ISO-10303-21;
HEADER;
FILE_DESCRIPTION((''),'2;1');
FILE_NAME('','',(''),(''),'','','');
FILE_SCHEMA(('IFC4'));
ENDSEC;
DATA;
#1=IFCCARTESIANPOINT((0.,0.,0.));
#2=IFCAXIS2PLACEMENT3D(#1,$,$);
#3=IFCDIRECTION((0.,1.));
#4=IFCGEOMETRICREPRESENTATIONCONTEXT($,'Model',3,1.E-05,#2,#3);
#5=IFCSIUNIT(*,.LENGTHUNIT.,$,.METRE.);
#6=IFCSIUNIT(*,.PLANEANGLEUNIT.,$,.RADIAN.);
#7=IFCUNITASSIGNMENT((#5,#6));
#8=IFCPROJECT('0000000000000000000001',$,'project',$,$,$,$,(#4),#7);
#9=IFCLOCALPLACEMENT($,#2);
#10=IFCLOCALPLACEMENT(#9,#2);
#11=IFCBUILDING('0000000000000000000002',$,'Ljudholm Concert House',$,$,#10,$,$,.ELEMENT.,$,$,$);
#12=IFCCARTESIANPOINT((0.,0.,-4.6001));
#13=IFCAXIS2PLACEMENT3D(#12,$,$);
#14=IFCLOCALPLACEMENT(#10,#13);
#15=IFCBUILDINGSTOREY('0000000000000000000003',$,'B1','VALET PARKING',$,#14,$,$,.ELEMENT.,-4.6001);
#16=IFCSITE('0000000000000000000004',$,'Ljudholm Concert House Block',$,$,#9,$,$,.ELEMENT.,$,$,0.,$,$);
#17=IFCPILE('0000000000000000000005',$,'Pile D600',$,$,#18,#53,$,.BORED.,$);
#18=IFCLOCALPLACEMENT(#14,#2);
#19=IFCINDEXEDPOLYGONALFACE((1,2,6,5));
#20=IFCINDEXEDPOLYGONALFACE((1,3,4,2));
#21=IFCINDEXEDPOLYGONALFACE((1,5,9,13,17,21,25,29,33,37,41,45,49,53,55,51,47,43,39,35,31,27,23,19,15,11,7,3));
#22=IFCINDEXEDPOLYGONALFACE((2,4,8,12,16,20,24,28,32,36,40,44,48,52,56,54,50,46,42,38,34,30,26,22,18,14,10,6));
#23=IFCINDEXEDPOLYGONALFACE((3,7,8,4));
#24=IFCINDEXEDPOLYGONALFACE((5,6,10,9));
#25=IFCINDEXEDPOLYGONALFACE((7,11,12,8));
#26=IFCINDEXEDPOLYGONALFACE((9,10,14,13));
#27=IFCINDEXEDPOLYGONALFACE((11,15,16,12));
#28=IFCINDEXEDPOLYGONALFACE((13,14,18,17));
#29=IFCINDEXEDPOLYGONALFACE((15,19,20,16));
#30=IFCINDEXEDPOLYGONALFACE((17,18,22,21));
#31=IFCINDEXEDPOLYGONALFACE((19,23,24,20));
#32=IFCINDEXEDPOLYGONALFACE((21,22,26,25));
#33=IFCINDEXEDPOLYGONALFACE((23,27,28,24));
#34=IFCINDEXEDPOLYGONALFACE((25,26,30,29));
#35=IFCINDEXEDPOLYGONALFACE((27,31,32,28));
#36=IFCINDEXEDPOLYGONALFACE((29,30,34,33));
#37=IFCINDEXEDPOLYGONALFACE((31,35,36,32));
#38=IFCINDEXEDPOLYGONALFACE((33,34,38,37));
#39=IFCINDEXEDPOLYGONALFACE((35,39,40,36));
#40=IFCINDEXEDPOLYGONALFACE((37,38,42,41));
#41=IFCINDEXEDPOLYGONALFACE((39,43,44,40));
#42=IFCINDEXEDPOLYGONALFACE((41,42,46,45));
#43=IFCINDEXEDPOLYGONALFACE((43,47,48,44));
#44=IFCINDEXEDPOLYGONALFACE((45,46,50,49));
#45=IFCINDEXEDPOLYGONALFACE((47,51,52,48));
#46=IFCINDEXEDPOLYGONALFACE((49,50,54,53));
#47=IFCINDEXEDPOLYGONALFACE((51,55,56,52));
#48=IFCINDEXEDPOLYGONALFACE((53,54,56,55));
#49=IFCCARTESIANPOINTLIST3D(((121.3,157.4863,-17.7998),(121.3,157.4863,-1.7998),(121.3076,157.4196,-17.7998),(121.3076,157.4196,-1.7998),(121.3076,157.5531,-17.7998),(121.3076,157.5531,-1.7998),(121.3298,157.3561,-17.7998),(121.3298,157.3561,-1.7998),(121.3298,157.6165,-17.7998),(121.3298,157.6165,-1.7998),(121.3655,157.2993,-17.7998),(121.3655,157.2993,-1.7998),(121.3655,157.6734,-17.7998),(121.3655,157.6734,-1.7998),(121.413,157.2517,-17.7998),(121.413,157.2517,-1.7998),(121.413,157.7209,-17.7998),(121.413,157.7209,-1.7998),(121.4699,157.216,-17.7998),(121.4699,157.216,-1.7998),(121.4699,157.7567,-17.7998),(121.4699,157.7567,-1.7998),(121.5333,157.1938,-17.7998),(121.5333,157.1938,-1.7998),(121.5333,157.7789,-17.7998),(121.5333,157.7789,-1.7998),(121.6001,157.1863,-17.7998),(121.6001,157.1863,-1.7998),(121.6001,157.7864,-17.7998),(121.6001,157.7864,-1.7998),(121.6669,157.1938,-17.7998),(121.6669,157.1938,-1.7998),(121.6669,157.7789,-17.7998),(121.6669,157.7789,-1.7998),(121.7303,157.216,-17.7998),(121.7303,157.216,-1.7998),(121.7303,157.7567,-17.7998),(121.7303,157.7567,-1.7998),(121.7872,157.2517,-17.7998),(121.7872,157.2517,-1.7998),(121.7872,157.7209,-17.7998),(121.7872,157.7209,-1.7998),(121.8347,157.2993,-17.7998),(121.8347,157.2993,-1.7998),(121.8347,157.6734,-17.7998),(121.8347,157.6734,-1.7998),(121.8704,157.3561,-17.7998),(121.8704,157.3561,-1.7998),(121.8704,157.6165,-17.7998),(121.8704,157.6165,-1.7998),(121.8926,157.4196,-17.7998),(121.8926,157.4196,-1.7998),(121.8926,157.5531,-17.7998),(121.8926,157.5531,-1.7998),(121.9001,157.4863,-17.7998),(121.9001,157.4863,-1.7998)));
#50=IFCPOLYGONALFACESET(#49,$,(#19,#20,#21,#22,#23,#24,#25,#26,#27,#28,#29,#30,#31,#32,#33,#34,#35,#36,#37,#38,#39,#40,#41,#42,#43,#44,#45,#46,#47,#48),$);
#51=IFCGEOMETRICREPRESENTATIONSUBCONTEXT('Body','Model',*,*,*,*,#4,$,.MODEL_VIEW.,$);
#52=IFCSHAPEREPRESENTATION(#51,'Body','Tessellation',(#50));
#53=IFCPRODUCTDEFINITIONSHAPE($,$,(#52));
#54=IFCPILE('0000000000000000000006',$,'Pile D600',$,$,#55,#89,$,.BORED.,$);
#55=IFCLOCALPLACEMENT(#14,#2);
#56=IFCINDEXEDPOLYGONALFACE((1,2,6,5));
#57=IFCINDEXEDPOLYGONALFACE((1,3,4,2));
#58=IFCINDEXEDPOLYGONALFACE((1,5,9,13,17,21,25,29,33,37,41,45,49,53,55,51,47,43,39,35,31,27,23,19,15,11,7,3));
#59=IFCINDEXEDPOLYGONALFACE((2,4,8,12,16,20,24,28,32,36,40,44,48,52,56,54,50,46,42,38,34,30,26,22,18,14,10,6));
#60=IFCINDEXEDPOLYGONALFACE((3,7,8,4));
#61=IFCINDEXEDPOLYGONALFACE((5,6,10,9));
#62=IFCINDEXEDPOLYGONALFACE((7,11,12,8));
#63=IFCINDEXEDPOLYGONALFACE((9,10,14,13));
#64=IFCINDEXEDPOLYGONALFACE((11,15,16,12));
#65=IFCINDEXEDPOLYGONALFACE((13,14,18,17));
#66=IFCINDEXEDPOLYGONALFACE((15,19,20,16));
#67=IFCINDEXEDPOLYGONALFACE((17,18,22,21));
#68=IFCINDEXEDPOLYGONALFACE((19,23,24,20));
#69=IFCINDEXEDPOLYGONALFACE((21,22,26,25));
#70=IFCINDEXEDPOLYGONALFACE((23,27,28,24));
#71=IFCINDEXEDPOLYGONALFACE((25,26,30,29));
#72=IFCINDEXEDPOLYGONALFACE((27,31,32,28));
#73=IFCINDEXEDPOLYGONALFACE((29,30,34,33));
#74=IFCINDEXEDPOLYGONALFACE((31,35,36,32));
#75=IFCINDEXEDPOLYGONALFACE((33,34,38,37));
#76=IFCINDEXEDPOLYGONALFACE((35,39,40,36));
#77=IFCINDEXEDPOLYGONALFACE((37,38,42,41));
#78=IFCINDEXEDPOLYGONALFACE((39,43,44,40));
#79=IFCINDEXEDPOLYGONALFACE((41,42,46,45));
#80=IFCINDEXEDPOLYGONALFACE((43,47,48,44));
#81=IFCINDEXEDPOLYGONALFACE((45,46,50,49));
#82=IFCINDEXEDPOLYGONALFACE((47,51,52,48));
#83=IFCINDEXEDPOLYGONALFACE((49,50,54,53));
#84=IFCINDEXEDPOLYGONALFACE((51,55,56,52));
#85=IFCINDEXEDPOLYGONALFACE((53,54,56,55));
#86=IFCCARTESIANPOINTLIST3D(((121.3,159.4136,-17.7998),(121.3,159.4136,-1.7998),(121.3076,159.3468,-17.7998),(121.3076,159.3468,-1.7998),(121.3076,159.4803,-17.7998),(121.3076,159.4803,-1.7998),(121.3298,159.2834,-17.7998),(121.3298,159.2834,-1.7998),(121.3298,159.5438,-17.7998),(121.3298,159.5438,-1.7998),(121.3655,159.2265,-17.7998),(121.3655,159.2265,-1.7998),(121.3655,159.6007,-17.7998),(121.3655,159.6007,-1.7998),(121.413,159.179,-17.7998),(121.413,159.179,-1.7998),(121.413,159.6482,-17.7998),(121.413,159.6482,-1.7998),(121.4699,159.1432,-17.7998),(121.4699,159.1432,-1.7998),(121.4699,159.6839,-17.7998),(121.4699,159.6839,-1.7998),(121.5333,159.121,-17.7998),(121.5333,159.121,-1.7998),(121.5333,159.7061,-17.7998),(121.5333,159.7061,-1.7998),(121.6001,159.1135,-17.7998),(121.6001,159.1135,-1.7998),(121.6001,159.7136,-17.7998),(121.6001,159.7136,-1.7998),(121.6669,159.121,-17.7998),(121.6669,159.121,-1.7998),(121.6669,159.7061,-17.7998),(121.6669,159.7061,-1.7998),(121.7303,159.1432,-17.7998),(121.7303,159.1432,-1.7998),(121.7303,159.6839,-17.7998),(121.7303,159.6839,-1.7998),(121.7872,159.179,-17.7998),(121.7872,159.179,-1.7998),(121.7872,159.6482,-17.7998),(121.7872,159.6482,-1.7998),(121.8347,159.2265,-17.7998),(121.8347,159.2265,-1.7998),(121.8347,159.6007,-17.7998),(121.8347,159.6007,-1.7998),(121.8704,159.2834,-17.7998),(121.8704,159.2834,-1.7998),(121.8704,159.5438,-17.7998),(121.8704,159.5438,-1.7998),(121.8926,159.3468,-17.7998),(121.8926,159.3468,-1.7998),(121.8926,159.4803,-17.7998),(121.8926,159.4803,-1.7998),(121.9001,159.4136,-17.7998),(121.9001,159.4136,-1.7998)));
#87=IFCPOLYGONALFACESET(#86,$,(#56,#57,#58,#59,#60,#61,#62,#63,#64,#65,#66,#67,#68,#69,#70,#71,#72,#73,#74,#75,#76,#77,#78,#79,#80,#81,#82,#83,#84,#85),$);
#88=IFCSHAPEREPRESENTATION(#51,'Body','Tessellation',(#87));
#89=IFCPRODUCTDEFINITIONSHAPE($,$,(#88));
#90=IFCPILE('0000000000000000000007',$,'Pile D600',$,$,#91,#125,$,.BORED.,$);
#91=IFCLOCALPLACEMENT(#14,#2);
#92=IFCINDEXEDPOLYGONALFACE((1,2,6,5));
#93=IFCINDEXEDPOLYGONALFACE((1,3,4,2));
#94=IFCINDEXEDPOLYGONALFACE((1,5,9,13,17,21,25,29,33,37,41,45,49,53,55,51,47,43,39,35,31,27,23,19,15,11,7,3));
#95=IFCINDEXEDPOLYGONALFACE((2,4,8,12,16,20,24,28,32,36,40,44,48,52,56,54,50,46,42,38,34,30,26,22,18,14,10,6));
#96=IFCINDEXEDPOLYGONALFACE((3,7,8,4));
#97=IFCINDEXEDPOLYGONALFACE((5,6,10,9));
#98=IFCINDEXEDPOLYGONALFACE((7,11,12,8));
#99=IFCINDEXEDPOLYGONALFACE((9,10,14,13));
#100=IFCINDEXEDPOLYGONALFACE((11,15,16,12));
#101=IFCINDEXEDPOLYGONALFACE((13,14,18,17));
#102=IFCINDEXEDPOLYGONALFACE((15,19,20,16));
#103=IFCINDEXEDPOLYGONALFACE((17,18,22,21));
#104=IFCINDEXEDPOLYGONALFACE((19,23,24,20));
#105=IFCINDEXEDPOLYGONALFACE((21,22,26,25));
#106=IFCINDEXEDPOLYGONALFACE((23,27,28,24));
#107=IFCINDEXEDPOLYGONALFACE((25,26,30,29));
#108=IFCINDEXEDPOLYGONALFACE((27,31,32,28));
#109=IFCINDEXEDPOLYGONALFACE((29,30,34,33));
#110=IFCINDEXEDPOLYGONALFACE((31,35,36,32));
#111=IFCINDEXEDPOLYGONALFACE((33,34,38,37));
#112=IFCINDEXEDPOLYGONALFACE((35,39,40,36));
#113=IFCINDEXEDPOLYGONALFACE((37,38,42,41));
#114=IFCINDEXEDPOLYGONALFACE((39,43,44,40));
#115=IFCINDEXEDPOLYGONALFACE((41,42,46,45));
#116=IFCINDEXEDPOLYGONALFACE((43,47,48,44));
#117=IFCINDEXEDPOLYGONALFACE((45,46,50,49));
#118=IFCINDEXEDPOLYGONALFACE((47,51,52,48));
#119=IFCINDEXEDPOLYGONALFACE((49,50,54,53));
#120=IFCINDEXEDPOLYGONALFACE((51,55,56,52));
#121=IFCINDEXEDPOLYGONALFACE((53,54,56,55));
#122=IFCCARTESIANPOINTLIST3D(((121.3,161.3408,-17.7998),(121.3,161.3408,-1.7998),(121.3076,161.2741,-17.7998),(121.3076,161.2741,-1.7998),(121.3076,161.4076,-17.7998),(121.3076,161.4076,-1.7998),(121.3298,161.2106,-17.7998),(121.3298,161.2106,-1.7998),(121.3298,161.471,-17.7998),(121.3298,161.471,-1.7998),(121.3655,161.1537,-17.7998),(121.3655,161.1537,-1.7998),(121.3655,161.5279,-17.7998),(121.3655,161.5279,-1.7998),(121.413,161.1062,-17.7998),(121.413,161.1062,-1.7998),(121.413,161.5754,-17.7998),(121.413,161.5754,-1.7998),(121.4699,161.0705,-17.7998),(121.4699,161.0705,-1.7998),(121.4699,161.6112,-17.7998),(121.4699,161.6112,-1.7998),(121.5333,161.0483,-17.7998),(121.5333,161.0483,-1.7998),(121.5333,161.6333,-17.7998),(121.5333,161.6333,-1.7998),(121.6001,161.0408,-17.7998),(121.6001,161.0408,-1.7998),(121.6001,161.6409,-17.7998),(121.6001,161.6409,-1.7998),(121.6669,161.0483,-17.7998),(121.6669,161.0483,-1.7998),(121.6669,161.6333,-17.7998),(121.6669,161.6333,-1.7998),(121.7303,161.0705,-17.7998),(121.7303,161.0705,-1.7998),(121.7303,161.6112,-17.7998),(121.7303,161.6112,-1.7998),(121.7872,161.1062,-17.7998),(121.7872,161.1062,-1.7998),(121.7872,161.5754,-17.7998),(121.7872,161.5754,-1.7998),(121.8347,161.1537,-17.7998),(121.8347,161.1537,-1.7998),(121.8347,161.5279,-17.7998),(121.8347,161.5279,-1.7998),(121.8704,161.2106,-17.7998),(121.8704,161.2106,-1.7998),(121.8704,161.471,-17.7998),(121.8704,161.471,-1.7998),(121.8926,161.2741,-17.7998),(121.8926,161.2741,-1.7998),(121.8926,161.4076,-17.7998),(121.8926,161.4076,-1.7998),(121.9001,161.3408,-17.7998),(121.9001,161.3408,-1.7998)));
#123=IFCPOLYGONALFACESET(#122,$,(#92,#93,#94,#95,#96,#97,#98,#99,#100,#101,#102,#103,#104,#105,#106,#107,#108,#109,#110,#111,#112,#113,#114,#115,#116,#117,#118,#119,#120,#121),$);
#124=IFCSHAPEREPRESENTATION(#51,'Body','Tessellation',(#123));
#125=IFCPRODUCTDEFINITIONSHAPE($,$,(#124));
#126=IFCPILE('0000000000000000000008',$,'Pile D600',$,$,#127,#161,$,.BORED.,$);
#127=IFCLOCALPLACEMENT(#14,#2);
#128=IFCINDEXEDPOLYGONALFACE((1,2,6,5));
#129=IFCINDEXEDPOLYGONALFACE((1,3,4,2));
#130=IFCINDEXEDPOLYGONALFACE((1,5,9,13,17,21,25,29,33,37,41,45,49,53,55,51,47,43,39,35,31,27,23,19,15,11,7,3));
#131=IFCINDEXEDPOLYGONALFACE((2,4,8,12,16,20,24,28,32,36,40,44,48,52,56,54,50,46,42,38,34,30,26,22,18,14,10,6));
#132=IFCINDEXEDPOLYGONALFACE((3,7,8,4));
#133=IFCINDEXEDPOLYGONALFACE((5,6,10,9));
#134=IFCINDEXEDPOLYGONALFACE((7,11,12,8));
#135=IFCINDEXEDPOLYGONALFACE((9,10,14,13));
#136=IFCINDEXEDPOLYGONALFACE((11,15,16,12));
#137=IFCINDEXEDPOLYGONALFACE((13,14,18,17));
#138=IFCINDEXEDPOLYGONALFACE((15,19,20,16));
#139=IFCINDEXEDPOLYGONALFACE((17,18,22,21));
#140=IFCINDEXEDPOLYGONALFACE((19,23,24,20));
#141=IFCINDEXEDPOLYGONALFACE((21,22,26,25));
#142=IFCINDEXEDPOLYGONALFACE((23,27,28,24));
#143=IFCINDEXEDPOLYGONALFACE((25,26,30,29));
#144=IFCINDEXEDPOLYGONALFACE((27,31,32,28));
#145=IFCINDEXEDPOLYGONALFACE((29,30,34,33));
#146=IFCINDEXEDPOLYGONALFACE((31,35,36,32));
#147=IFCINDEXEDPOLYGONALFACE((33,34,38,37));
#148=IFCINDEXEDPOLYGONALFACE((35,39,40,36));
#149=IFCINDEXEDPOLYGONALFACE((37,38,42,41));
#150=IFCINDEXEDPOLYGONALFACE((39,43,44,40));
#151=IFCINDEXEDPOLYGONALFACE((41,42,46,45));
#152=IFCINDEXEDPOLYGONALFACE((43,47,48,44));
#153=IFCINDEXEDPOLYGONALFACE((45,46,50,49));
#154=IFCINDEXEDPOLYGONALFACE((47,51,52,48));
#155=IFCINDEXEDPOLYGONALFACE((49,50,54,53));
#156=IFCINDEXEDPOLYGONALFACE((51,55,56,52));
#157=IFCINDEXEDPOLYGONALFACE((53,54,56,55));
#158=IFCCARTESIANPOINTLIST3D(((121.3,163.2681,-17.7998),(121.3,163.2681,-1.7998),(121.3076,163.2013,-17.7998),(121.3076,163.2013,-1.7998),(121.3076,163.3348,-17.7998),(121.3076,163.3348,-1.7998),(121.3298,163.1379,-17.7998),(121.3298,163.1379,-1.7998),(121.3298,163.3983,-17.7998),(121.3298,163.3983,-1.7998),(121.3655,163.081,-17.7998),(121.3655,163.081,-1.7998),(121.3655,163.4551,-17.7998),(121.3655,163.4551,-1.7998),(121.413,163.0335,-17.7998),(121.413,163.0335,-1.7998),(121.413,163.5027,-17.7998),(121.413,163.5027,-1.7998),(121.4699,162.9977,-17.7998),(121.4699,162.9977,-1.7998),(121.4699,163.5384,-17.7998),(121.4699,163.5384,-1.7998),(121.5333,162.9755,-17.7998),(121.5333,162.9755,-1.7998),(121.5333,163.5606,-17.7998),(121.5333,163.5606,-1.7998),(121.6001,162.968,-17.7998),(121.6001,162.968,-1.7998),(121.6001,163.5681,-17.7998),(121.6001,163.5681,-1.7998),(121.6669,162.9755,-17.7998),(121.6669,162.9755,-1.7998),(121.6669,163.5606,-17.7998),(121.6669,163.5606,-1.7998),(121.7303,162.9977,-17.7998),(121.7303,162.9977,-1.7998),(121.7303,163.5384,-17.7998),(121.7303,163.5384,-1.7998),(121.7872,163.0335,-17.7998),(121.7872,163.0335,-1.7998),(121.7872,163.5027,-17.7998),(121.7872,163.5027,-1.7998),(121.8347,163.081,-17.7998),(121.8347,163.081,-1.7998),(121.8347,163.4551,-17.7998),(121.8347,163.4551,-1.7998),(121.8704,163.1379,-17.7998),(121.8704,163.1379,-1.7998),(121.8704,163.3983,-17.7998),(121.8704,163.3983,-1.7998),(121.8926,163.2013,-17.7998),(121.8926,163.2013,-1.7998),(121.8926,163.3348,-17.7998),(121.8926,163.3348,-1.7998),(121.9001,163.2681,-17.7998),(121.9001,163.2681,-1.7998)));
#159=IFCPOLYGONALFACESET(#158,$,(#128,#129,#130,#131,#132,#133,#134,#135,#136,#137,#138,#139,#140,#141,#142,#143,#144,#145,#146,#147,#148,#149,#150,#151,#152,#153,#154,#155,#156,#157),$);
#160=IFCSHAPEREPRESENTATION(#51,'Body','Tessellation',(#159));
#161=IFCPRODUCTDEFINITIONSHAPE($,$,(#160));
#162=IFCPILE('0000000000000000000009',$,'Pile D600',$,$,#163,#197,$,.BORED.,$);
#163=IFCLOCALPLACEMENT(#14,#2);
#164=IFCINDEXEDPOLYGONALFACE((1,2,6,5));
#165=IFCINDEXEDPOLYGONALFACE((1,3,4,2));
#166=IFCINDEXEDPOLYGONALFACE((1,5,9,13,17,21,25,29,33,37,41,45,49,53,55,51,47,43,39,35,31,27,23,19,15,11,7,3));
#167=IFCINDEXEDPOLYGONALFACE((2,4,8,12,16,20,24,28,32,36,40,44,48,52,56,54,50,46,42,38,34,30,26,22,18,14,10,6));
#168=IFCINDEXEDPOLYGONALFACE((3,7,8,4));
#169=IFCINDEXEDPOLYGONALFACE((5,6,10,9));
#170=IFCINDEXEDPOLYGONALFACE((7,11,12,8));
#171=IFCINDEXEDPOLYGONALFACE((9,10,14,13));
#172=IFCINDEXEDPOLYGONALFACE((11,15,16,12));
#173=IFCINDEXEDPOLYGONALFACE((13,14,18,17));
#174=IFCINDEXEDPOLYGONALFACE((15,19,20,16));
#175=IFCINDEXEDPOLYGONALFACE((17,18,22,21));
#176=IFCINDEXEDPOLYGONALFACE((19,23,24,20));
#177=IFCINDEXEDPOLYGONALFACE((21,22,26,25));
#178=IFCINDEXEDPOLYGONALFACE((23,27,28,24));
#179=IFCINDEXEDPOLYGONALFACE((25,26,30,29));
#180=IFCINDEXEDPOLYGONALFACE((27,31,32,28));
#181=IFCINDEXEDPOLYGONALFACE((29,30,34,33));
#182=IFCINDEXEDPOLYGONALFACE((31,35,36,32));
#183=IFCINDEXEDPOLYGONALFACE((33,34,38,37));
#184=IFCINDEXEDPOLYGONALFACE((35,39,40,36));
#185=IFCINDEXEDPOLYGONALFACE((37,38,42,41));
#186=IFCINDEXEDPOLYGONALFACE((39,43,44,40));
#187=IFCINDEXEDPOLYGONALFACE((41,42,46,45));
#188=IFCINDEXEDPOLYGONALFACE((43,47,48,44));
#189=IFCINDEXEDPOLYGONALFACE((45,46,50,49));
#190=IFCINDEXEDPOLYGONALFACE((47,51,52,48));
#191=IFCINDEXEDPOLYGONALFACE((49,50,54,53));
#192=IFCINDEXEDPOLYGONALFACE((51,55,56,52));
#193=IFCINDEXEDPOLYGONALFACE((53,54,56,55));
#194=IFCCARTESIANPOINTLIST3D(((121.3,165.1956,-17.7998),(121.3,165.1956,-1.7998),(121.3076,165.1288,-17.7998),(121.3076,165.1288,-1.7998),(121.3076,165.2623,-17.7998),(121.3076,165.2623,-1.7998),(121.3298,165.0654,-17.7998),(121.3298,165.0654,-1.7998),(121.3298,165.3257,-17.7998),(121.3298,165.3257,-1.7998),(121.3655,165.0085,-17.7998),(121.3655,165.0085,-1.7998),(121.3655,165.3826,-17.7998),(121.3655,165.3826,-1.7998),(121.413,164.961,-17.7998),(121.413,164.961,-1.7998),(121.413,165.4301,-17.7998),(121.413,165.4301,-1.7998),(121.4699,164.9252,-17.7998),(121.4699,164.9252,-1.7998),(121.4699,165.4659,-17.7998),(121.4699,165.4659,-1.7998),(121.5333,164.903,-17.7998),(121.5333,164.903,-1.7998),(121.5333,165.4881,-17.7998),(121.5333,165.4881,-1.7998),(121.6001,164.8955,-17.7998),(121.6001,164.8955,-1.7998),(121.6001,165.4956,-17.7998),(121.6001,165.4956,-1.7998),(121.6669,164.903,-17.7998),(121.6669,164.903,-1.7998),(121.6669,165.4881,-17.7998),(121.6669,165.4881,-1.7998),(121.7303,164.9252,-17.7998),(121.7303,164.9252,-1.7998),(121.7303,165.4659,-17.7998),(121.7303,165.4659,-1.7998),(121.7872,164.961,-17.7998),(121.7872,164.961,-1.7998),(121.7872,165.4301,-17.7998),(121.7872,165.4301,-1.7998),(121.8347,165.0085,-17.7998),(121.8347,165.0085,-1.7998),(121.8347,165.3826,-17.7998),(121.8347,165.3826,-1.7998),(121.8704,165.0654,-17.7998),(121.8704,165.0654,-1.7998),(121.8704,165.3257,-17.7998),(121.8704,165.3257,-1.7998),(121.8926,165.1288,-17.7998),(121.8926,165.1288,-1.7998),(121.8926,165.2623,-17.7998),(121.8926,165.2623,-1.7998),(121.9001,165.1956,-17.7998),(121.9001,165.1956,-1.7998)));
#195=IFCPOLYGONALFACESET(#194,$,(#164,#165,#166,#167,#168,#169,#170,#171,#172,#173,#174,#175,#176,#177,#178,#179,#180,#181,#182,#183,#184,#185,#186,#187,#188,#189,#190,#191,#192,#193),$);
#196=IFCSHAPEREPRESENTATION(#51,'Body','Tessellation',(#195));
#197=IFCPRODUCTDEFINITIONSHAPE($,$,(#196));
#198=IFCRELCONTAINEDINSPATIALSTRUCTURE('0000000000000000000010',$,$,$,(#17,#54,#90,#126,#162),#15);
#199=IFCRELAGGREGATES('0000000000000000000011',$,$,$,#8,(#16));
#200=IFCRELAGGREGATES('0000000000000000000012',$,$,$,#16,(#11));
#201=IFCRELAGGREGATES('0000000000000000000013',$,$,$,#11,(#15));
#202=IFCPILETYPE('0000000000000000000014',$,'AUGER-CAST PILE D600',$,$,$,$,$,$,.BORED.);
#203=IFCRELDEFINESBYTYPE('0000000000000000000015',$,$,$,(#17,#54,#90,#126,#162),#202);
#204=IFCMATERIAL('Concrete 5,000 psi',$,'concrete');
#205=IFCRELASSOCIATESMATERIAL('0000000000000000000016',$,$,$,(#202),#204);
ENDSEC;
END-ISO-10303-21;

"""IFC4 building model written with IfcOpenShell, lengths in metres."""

from ifc_helpers import new_model, si_unit, direction, frame, origin, origin_2d, place, context, subcontext, project, spatial, circle, extrude, material, material_profile, profile_set, type_object, element, save


model = new_model("IFC4")

# Units and contexts
model_context = context("Model", 3, precision=1e-05, world=origin(), true_north=direction((0.0, 1.0)))
body_context = subcontext(model_context, "Body", "Model", "MODEL_VIEW")
ifc_project = project(units=[si_unit("LENGTHUNIT", "METRE"), si_unit("PLANEANGLEUNIT", "RADIAN")], contexts=[model_context])

# Site, building, storey
site_placement = place(None, origin())
site = spatial("IfcSite", under=ifc_project, at=site_placement, Name="Ljudholm Concert House Block", CompositionType="ELEMENT", RefElevation=0.0)
building_placement = place(site_placement, origin())
building = spatial("IfcBuilding", under=site, at=building_placement, Name="Ljudholm Concert House", CompositionType="ELEMENT")
storey_placement = place(building_placement, frame((0.0, 0.0, -4.6001)))
storey = spatial("IfcBuildingStorey", under=building, at=storey_placement, Name="B1", Description="VALET PARKING", CompositionType="ELEMENT", Elevation=-4.6001)

# Piles
ifc_material_1 = material(Name="Concrete 5,000 psi", Category="concrete")
ifc_material_profile_1 = material_profile(ifc_material_1, circle(Radius=0.3, at=origin_2d()), Name="AUGER-CAST PILE D600")
ifc_profile_set_1 = profile_set([ifc_material_profile_1], Name="Concrete 5,000 psi")
pile_type = type_object("IfcPileType", Name="AUGER-CAST PILE D600", PredefinedType="BORED", material=ifc_profile_set_1)
for number, where, z_axis, x_axis, name in (
    (1, (121.6001, 157.4863, -1.7998), (0.0, 0.0, -1.0), (1.0, 0.0, 0.0), "Pile D600"),
    (2, (121.6001, 159.4136, -1.7998), (0.0, 0.0, -1.0), (1.0, 0.0, 0.0), "Pile D600"),
    (3, (121.6001, 161.3408, -1.7998), (0.0, 0.0, -1.0), (1.0, 0.0, 0.0), "Pile D600"),
    (4, (121.6001, 163.2681, -1.7998), (0.0, 0.0, -1.0), (1.0, 0.0, 0.0), "Pile D600"),
    (5, (121.6001, 165.1956, -1.7998), (0.0, 0.0, -1.0), (1.0, 0.0, 0.0), "Pile D600"),
):
    element("IfcPile", number, at=place(storey_placement, frame(where, z_axis=z_axis, x_axis=x_axis)), inside=storey, type_object=pile_type, Name=name, PredefinedType="BORED", context=body_context, shape_type="SweptSolid", body=[
        extrude(circle(Radius=0.3, at=origin_2d()), origin(), (0.0, 0.0, 1.0), 16.0),
    ])

save(model, "model.ifc")
